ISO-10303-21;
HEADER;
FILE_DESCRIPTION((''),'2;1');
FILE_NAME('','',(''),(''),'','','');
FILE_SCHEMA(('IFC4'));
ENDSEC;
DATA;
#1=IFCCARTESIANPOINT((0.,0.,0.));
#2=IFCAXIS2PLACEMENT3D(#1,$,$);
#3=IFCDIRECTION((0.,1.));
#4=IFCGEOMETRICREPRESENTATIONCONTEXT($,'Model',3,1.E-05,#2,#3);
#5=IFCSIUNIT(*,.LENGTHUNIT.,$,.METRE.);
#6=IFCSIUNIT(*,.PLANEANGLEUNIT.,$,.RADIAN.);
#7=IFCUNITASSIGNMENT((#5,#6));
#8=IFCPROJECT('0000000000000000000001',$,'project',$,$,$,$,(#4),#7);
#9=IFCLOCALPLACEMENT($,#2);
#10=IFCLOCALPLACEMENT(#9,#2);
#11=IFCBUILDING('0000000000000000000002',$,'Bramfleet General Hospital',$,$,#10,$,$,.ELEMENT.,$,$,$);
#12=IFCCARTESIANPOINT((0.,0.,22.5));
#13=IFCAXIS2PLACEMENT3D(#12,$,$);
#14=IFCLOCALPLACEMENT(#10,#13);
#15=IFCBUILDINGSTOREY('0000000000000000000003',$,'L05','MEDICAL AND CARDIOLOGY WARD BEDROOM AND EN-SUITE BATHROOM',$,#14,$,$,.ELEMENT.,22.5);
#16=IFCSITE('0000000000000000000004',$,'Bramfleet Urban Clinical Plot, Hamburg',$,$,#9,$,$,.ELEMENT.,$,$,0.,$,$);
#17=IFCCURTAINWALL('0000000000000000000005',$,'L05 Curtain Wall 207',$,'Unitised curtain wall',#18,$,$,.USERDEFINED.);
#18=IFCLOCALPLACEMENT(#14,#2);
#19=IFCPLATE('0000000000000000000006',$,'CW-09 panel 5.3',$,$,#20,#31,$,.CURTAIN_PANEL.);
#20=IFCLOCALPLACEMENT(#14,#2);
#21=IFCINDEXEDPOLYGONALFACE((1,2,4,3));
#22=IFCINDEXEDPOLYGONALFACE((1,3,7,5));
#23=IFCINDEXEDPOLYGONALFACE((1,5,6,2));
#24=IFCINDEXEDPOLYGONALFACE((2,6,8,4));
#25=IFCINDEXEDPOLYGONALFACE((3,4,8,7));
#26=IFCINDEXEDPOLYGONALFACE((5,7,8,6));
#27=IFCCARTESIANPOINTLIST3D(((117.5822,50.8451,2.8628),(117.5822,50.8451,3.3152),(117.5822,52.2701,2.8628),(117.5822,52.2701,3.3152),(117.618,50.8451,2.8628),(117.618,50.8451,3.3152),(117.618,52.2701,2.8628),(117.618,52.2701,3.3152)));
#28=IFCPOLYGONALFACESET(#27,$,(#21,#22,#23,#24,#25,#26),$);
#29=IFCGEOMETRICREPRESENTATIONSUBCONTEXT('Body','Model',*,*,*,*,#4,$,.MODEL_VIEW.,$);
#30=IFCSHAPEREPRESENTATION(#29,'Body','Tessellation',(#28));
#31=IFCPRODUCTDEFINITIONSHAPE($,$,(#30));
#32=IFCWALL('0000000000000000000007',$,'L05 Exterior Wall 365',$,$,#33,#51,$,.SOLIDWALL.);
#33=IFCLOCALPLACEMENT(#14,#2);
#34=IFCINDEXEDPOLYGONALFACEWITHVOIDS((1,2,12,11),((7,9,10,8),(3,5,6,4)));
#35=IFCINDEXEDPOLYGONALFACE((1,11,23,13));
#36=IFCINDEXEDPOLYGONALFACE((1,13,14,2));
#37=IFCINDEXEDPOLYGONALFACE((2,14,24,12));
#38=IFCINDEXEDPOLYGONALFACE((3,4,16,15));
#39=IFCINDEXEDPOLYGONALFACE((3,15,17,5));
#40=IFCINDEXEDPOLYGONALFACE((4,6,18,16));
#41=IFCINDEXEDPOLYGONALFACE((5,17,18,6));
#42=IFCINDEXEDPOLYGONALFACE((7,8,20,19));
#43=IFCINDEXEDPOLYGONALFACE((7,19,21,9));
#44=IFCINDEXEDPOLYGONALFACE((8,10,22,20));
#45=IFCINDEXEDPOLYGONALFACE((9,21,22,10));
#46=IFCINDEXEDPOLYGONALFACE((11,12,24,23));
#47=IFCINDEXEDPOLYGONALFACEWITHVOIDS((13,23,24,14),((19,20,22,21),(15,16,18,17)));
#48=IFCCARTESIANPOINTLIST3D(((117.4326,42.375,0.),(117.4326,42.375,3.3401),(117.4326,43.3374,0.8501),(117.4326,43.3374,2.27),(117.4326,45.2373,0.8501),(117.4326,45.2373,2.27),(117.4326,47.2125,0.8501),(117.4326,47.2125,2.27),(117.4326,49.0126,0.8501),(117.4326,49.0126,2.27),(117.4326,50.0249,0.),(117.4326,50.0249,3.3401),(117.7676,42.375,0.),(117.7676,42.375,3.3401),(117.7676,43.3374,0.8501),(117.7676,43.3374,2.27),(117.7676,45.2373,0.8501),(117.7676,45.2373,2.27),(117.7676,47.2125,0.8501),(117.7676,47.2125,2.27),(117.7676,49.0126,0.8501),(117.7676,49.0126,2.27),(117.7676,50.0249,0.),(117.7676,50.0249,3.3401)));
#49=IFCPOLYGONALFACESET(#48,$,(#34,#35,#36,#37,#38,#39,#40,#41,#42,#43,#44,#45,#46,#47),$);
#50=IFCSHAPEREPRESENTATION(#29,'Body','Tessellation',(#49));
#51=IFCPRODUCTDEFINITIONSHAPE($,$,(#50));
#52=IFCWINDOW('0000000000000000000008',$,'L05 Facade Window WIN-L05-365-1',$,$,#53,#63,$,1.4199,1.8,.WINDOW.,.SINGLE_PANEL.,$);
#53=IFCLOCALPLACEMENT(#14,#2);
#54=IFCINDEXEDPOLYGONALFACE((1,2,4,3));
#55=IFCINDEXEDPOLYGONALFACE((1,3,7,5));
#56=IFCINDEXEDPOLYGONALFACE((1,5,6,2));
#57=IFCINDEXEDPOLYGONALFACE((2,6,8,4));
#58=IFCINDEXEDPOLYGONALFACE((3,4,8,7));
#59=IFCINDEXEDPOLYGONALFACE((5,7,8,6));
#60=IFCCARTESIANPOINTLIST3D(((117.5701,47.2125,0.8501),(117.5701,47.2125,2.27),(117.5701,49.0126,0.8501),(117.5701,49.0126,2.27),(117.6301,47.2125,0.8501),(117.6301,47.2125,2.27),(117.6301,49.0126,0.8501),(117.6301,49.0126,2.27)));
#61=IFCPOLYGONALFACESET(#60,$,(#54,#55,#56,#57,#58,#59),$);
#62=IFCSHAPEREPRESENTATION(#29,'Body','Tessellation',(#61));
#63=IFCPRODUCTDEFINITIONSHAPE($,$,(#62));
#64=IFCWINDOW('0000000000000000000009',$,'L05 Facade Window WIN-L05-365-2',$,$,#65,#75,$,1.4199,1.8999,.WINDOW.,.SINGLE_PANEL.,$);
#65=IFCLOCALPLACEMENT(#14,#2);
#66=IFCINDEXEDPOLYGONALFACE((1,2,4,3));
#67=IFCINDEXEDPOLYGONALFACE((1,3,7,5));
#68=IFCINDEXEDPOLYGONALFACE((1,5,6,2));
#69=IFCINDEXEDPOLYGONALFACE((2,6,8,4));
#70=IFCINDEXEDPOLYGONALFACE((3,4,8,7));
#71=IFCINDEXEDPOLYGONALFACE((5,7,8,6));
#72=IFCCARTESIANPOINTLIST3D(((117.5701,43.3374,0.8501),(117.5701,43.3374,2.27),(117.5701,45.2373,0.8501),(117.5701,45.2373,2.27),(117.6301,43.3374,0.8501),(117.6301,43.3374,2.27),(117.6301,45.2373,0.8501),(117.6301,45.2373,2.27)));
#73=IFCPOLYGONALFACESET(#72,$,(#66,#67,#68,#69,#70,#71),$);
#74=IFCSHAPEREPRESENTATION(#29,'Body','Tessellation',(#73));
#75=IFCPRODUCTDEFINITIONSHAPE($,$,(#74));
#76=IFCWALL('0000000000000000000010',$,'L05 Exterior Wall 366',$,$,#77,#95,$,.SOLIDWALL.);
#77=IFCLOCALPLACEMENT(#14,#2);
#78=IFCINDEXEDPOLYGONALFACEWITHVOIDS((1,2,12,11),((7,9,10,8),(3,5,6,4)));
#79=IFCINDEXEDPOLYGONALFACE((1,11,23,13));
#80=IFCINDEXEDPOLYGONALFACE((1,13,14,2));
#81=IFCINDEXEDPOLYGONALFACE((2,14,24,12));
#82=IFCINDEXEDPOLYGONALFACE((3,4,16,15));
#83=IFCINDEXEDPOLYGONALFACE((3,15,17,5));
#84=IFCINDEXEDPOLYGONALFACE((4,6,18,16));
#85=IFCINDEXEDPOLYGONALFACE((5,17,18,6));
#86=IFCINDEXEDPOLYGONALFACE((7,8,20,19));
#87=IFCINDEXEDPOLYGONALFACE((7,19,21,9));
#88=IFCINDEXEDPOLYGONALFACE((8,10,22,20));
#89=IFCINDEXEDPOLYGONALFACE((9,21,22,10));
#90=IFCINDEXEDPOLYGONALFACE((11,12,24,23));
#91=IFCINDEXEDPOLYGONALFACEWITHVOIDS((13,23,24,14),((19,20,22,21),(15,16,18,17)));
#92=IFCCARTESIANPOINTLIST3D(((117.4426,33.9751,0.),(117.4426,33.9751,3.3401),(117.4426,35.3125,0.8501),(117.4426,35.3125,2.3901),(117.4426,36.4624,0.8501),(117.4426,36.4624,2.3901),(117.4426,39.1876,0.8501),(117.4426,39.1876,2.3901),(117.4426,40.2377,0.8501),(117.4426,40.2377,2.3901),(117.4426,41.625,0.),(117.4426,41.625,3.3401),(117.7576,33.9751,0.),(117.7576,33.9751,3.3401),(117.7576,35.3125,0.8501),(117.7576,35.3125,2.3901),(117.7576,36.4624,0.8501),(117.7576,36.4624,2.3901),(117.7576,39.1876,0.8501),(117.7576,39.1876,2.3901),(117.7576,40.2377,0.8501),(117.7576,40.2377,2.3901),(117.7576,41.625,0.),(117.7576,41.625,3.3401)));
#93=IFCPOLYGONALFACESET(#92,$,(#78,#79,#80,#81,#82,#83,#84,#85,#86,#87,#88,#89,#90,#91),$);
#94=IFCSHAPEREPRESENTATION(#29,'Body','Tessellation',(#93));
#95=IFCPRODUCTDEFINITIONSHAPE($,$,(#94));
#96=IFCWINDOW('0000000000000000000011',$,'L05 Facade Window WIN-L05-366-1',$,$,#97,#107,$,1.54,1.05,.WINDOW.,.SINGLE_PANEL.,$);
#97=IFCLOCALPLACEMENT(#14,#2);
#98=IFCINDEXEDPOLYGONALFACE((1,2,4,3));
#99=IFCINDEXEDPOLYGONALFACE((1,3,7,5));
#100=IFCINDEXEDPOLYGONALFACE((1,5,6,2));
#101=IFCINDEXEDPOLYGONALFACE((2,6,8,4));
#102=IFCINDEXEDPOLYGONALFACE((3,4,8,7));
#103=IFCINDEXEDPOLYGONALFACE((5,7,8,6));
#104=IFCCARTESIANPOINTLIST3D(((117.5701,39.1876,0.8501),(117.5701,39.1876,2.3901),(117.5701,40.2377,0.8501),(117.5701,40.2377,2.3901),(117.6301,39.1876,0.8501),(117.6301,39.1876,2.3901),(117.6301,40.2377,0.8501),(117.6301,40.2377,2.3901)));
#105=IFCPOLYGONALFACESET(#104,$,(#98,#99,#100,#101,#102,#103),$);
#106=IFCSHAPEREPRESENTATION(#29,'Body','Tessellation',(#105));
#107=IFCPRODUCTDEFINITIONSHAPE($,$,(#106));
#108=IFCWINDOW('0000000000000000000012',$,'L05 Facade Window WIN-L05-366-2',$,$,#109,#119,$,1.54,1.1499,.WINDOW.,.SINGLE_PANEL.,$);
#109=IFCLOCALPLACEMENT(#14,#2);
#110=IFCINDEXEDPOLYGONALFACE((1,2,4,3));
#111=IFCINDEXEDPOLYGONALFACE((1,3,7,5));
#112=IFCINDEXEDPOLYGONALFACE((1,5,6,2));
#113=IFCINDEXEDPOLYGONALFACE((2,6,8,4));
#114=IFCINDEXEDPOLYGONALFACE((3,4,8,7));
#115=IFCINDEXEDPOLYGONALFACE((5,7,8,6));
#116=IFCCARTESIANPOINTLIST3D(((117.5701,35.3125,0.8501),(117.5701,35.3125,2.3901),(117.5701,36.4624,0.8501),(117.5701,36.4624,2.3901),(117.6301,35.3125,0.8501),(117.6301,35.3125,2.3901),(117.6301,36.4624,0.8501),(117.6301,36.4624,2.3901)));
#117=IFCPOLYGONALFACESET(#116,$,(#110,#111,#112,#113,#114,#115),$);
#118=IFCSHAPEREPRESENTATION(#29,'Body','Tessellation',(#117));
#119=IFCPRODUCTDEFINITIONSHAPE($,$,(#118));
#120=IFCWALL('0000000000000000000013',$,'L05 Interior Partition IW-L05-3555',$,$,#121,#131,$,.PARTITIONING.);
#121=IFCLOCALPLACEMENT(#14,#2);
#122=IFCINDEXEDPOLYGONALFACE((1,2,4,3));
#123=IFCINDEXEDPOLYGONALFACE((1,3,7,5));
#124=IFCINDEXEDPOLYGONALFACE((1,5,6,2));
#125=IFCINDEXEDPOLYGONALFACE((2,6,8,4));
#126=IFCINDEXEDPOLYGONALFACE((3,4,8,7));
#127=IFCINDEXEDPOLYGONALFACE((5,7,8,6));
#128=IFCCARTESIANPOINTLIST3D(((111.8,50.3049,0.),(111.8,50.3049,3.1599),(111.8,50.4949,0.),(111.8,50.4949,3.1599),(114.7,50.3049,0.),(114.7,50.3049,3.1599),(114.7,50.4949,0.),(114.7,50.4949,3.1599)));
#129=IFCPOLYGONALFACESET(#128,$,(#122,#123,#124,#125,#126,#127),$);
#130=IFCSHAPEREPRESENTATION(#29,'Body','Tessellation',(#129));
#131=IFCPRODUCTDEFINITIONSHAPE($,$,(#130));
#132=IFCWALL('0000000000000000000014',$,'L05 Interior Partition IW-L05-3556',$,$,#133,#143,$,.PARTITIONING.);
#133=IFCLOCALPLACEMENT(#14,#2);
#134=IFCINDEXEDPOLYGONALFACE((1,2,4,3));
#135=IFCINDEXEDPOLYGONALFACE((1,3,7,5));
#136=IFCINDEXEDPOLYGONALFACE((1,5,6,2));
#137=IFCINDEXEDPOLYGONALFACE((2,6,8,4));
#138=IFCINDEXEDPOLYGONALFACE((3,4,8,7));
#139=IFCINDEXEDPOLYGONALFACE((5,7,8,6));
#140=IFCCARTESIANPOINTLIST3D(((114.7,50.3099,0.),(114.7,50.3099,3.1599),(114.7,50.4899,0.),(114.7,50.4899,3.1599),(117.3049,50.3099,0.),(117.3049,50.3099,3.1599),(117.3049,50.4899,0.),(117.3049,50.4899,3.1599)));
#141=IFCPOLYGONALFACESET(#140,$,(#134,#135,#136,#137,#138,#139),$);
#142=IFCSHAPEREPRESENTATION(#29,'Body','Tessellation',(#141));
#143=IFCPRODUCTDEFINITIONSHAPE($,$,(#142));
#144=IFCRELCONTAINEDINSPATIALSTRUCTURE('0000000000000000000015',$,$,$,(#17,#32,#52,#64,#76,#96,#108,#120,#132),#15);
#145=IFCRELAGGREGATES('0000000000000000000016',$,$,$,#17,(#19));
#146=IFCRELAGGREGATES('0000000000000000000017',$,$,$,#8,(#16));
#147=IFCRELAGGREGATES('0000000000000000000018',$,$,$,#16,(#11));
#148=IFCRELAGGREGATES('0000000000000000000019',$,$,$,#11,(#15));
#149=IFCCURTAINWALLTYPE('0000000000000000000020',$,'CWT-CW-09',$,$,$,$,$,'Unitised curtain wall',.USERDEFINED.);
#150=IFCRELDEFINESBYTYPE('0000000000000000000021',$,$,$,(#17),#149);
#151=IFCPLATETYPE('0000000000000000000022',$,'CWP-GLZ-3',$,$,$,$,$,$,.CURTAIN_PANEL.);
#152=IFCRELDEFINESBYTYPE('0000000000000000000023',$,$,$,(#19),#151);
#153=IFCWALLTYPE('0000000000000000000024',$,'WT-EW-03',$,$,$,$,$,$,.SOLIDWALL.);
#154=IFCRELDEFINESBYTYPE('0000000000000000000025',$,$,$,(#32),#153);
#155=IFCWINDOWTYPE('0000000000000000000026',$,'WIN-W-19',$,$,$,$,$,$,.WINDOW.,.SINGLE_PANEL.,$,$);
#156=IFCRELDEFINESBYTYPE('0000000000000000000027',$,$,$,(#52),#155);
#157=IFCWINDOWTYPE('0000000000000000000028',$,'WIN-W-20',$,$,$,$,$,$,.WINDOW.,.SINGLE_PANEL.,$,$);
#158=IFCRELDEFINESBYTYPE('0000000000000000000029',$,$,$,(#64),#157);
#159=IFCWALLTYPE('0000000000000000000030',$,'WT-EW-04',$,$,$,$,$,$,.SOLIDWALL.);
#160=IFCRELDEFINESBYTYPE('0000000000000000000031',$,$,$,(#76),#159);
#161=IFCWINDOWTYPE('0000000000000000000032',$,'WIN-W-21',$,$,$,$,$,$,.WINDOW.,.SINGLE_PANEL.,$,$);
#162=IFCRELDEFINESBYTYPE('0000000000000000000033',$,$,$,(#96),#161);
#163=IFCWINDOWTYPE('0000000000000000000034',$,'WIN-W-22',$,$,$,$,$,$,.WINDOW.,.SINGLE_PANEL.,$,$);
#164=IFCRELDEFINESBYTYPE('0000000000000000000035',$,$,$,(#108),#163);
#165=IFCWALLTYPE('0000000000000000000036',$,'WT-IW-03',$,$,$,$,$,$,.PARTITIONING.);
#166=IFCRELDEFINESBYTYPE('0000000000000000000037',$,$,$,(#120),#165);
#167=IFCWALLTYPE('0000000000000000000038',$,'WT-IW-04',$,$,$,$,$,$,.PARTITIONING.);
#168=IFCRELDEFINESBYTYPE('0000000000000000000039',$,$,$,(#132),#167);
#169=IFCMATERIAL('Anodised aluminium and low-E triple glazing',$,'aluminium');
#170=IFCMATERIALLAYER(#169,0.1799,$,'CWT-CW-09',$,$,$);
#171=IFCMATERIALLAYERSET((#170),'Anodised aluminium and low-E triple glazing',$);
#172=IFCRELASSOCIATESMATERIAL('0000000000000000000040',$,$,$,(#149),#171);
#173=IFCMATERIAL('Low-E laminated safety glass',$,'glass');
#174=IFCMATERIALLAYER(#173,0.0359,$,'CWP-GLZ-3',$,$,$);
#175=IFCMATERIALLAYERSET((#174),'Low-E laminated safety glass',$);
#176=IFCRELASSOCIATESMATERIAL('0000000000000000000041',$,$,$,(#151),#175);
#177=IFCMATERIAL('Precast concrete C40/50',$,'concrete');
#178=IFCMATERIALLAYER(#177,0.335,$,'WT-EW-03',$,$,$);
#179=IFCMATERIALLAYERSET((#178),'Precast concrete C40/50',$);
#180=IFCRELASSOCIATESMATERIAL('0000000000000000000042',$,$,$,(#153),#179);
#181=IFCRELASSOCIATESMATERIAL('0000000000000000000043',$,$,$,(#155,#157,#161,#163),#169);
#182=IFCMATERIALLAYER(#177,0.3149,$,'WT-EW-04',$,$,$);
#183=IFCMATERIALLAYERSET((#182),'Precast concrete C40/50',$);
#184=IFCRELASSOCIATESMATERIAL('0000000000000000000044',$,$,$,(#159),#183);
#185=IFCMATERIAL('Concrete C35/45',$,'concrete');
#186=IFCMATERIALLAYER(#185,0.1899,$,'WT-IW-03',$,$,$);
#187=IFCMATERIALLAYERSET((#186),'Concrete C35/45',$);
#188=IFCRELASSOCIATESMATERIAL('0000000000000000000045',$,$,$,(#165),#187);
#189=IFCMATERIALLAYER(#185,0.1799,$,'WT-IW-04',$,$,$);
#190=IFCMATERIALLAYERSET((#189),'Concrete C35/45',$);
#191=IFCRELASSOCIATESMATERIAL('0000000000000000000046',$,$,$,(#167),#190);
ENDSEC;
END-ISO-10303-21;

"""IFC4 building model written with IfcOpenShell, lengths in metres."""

from ifc_helpers import new_model, si_unit, direction, frame, frame_2d, origin, origin_2d, place, context, subcontext, project, spatial, rectangle, extrude, material, layer, layer_set, type_object, element, fill, aggregate, save


model = new_model("IFC4")

# Units and contexts
model_context = context("Model", 3, precision=1e-05, world=origin(), true_north=direction((0.0, 1.0)))
body_context = subcontext(model_context, "Body", "Model", "MODEL_VIEW")
ifc_project = project(units=[si_unit("LENGTHUNIT", "METRE"), si_unit("PLANEANGLEUNIT", "RADIAN")], contexts=[model_context])

# Site, building, storey
site_placement = place(None, origin())
site = spatial("IfcSite", under=ifc_project, at=site_placement, Name="Bramfleet Urban Clinical Plot, Hamburg", CompositionType="ELEMENT", RefElevation=0.0)
building_placement = place(site_placement, origin())
building = spatial("IfcBuilding", under=site, at=building_placement, Name="Bramfleet General Hospital", CompositionType="ELEMENT")
storey_placement = place(building_placement, frame((0.0, 0.0, 22.5)))
storey = spatial("IfcBuildingStorey", under=building, at=storey_placement, Name="L05", Description="MEDICAL AND CARDIOLOGY WARD BEDROOM AND EN-SUITE BATHROOM", CompositionType="ELEMENT", Elevation=22.5)

# Curtain wall, plate
ifc_material_1 = material(Name="Anodised aluminium and low-E triple glazing", Category="aluminium")
ifc_layer_1 = layer(ifc_material_1, 0.1799, Name="CWT-CW-09")
ifc_layer_set_1 = layer_set([ifc_layer_1], Name="Anodised aluminium and low-E triple glazing")
curtain_wall_type = type_object("IfcCurtainWallType", Name="CWT-CW-09", ElementType="Unitised curtain wall", PredefinedType="USERDEFINED", material=ifc_layer_set_1)
curtain_wall_placement = place(storey_placement, origin())
curtain_wall = element("IfcCurtainWall", 1, at=curtain_wall_placement, inside=storey, type_object=curtain_wall_type, Name="L05 Curtain Wall 207", ObjectType="Unitised curtain wall", PredefinedType="USERDEFINED")
ifc_material_2 = material(Name="Low-E laminated safety glass", Category="glass")
ifc_layer_2 = layer(ifc_material_2, 0.0359, Name="CWP-GLZ-3")
ifc_layer_set_2 = layer_set([ifc_layer_2], Name="Low-E laminated safety glass")
plate_type = type_object("IfcPlateType", Name="CWP-GLZ-3", PredefinedType="CURTAIN_PANEL", material=ifc_layer_set_2)
plate_1_placement = place(storey_placement, frame((117.6001, 51.5576, 2.8628), z_axis=(0.0, 0.0, 1.0), x_axis=(0.0, -1.0, 0.0)))
plate_1 = element("IfcPlate", 2, at=plate_1_placement, type_object=plate_type, Name="CW-09 panel 5.3", PredefinedType="CURTAIN_PANEL", context=body_context, shape_type="SweptSolid", body=[
    extrude(rectangle(XDim=1.425, YDim=0.0359, at=origin_2d()), origin(), (0.0, 0.0, 1.0), 0.4524),
])
aggregate(curtain_wall, [plate_1])

# Walls, openings, windows
ifc_material_3 = material(Name="Precast concrete C40/50", Category="concrete")
ifc_layer_3 = layer(ifc_material_3, 0.335, Name="WT-EW-03")
ifc_layer_set_3 = layer_set([ifc_layer_3], Name="Precast concrete C40/50")
wall_type_1 = type_object("IfcWallType", Name="WT-EW-03", PredefinedType="SOLIDWALL", material=ifc_layer_set_3)
wall_1_placement = place(storey_placement, frame((117.6001, 50.0249, 0.0), z_axis=(0.0, 0.0, 1.0), x_axis=(0.0, -1.0, 0.0)))
wall_1 = element("IfcWall", 3, at=wall_1_placement, inside=storey, type_object=wall_type_1, Name="L05 Exterior Wall 365", PredefinedType="SOLIDWALL", context=body_context, shape_type="SweptSolid", body=[
    extrude(rectangle(XDim=7.6499, YDim=0.335, at=frame_2d((3.825, 0.0))), origin(), (0.0, 0.0, 1.0), 3.3401),
])
opening_1_placement = place(wall_1_placement, frame((1.0125, 0.0, 0.8501)))
opening_1 = element("IfcOpeningElement", 4, at=opening_1_placement, cuts=wall_1, PredefinedType="OPENING", context=body_context, shape_type="SweptSolid", body=[
    extrude(rectangle(XDim=1.8, YDim=1.4199, at=frame_2d((0.8999, 0.71))), frame((0.0, 0.1775, 0.0), z_axis=(0.0, -1.0, 0.0), x_axis=(1.0, 0.0, 0.0)), (0.0, 0.0, 1.0), 0.355),
])
opening_2_placement = place(wall_1_placement, frame((4.7876, 0.0, 0.8501)))
opening_2 = element("IfcOpeningElement", 5, at=opening_2_placement, cuts=wall_1, PredefinedType="OPENING", context=body_context, shape_type="SweptSolid", body=[
    extrude(rectangle(XDim=1.8999, YDim=1.4199, at=frame_2d((0.95, 0.71))), frame((0.0, 0.1775, 0.0), z_axis=(0.0, -1.0, 0.0), x_axis=(1.0, 0.0, 0.0)), (0.0, 0.0, 1.0), 0.355),
])
window_type_1 = type_object("IfcWindowType", Name="WIN-W-19", PartitioningType="SINGLE_PANEL", PredefinedType="WINDOW", material=ifc_material_1)
window_1_placement = place(opening_1_placement, origin())
window_1 = element("IfcWindow", 6, at=window_1_placement, inside=storey, type_object=window_type_1, Name="L05 Facade Window WIN-L05-365-1", OverallHeight=1.4199, OverallWidth=1.8, PartitioningType="SINGLE_PANEL", PredefinedType="WINDOW", context=body_context, shape_type="SweptSolid", body=[
    extrude(rectangle(XDim=1.8, YDim=1.4199, at=frame_2d((0.8999, 0.71))), frame((0.0, 0.03, 0.0), z_axis=(0.0, -1.0, 0.0), x_axis=(1.0, 0.0, 0.0)), (0.0, 0.0, 1.0), 0.0601),
])
fill(opening_1, window_1)
window_type_2 = type_object("IfcWindowType", Name="WIN-W-20", PartitioningType="SINGLE_PANEL", PredefinedType="WINDOW", material=ifc_material_1)
window_2_placement = place(opening_2_placement, origin())
window_2 = element("IfcWindow", 7, at=window_2_placement, inside=storey, type_object=window_type_2, Name="L05 Facade Window WIN-L05-365-2", OverallHeight=1.4199, OverallWidth=1.8999, PartitioningType="SINGLE_PANEL", PredefinedType="WINDOW", context=body_context, shape_type="SweptSolid", body=[
    extrude(rectangle(XDim=1.8999, YDim=1.4199, at=frame_2d((0.95, 0.71))), frame((0.0, 0.03, 0.0), z_axis=(0.0, -1.0, 0.0), x_axis=(1.0, 0.0, 0.0)), (0.0, 0.0, 1.0), 0.0601),
])
fill(opening_2, window_2)
ifc_layer_4 = layer(ifc_material_3, 0.3149, Name="WT-EW-04")
ifc_layer_set_4 = layer_set([ifc_layer_4], Name="Precast concrete C40/50")
wall_type_2 = type_object("IfcWallType", Name="WT-EW-04", PredefinedType="SOLIDWALL", material=ifc_layer_set_4)
wall_2_placement = place(storey_placement, frame((117.6001, 41.625, 0.0), z_axis=(0.0, 0.0, 1.0), x_axis=(0.0, -1.0, 0.0)))
wall_2 = element("IfcWall", 8, at=wall_2_placement, inside=storey, type_object=wall_type_2, Name="L05 Exterior Wall 366", PredefinedType="SOLIDWALL", context=body_context, shape_type="SweptSolid", body=[
    extrude(rectangle(XDim=7.6499, YDim=0.3149, at=frame_2d((3.825, 0.0))), origin(), (0.0, 0.0, 1.0), 3.3401),
])
opening_3_placement = place(wall_2_placement, frame((1.3875, 0.0, 0.8501)))
opening_3 = element("IfcOpeningElement", 9, at=opening_3_placement, cuts=wall_2, PredefinedType="OPENING", context=body_context, shape_type="SweptSolid", body=[
    extrude(rectangle(XDim=1.05, YDim=1.54, at=frame_2d((0.5249, 0.77))), frame((0.0, 0.1675, 0.0), z_axis=(0.0, -1.0, 0.0), x_axis=(1.0, 0.0, 0.0)), (0.0, 0.0, 1.0), 0.335),
])
opening_4_placement = place(wall_2_placement, frame((5.1626, 0.0, 0.8501)))
opening_4 = element("IfcOpeningElement", 10, at=opening_4_placement, cuts=wall_2, PredefinedType="OPENING", context=body_context, shape_type="SweptSolid", body=[
    extrude(rectangle(XDim=1.1499, YDim=1.54, at=frame_2d((0.575, 0.77))), frame((0.0, 0.1675, 0.0), z_axis=(0.0, -1.0, 0.0), x_axis=(1.0, 0.0, 0.0)), (0.0, 0.0, 1.0), 0.335),
])
window_type_3 = type_object("IfcWindowType", Name="WIN-W-21", PartitioningType="SINGLE_PANEL", PredefinedType="WINDOW", material=ifc_material_1)
window_3_placement = place(opening_3_placement, origin())
window_3 = element("IfcWindow", 11, at=window_3_placement, inside=storey, type_object=window_type_3, Name="L05 Facade Window WIN-L05-366-1", OverallHeight=1.54, OverallWidth=1.05, PartitioningType="SINGLE_PANEL", PredefinedType="WINDOW", context=body_context, shape_type="SweptSolid", body=[
    extrude(rectangle(XDim=1.05, YDim=1.54, at=frame_2d((0.5249, 0.77))), frame((0.0, 0.03, 0.0), z_axis=(0.0, -1.0, 0.0), x_axis=(1.0, 0.0, 0.0)), (0.0, 0.0, 1.0), 0.0601),
])
fill(opening_3, window_3)
window_type_4 = type_object("IfcWindowType", Name="WIN-W-22", PartitioningType="SINGLE_PANEL", PredefinedType="WINDOW", material=ifc_material_1)
window_4_placement = place(opening_4_placement, origin())
window_4 = element("IfcWindow", 12, at=window_4_placement, inside=storey, type_object=window_type_4, Name="L05 Facade Window WIN-L05-366-2", OverallHeight=1.54, OverallWidth=1.1499, PartitioningType="SINGLE_PANEL", PredefinedType="WINDOW", context=body_context, shape_type="SweptSolid", body=[
    extrude(rectangle(XDim=1.1499, YDim=1.54, at=frame_2d((0.575, 0.77))), frame((0.0, 0.03, 0.0), z_axis=(0.0, -1.0, 0.0), x_axis=(1.0, 0.0, 0.0)), (0.0, 0.0, 1.0), 0.0601),
])
fill(opening_4, window_4)

# Walls
ifc_material_4 = material(Name="Concrete C35/45", Category="concrete")
ifc_layer_5 = layer(ifc_material_4, 0.1899, Name="WT-IW-03")
ifc_layer_set_5 = layer_set([ifc_layer_5], Name="Concrete C35/45")
wall_type_3 = type_object("IfcWallType", Name="WT-IW-03", PredefinedType="PARTITIONING", material=ifc_layer_set_5)
wall_3_placement = place(storey_placement, frame((111.8, 50.3999, 0.0), z_axis=(0.0, 0.0, 1.0), x_axis=(1.0, 0.0, 0.0)))
element("IfcWall", 13, at=wall_3_placement, inside=storey, type_object=wall_type_3, Name="L05 Interior Partition IW-L05-3555", PredefinedType="PARTITIONING", context=body_context, shape_type="SweptSolid", body=[
    extrude(rectangle(XDim=2.8999, YDim=0.1899, at=frame_2d((1.45, 0.0))), origin(), (0.0, 0.0, 1.0), 3.1599),
])
ifc_layer_6 = layer(ifc_material_4, 0.1799, Name="WT-IW-04")
ifc_layer_set_6 = layer_set([ifc_layer_6], Name="Concrete C35/45")
wall_type_4 = type_object("IfcWallType", Name="WT-IW-04", PredefinedType="PARTITIONING", material=ifc_layer_set_6)
wall_4_placement = place(storey_placement, frame((114.7, 50.3999, 0.0), z_axis=(0.0, 0.0, 1.0), x_axis=(1.0, 0.0, 0.0)))
element("IfcWall", 14, at=wall_4_placement, inside=storey, type_object=wall_type_4, Name="L05 Interior Partition IW-L05-3556", PredefinedType="PARTITIONING", context=body_context, shape_type="SweptSolid", body=[
    extrude(rectangle(XDim=2.605, YDim=0.1799, at=frame_2d((1.3025, 0.0))), origin(), (0.0, 0.0, 1.0), 3.1599),
])

save(model, "model.ifc")
